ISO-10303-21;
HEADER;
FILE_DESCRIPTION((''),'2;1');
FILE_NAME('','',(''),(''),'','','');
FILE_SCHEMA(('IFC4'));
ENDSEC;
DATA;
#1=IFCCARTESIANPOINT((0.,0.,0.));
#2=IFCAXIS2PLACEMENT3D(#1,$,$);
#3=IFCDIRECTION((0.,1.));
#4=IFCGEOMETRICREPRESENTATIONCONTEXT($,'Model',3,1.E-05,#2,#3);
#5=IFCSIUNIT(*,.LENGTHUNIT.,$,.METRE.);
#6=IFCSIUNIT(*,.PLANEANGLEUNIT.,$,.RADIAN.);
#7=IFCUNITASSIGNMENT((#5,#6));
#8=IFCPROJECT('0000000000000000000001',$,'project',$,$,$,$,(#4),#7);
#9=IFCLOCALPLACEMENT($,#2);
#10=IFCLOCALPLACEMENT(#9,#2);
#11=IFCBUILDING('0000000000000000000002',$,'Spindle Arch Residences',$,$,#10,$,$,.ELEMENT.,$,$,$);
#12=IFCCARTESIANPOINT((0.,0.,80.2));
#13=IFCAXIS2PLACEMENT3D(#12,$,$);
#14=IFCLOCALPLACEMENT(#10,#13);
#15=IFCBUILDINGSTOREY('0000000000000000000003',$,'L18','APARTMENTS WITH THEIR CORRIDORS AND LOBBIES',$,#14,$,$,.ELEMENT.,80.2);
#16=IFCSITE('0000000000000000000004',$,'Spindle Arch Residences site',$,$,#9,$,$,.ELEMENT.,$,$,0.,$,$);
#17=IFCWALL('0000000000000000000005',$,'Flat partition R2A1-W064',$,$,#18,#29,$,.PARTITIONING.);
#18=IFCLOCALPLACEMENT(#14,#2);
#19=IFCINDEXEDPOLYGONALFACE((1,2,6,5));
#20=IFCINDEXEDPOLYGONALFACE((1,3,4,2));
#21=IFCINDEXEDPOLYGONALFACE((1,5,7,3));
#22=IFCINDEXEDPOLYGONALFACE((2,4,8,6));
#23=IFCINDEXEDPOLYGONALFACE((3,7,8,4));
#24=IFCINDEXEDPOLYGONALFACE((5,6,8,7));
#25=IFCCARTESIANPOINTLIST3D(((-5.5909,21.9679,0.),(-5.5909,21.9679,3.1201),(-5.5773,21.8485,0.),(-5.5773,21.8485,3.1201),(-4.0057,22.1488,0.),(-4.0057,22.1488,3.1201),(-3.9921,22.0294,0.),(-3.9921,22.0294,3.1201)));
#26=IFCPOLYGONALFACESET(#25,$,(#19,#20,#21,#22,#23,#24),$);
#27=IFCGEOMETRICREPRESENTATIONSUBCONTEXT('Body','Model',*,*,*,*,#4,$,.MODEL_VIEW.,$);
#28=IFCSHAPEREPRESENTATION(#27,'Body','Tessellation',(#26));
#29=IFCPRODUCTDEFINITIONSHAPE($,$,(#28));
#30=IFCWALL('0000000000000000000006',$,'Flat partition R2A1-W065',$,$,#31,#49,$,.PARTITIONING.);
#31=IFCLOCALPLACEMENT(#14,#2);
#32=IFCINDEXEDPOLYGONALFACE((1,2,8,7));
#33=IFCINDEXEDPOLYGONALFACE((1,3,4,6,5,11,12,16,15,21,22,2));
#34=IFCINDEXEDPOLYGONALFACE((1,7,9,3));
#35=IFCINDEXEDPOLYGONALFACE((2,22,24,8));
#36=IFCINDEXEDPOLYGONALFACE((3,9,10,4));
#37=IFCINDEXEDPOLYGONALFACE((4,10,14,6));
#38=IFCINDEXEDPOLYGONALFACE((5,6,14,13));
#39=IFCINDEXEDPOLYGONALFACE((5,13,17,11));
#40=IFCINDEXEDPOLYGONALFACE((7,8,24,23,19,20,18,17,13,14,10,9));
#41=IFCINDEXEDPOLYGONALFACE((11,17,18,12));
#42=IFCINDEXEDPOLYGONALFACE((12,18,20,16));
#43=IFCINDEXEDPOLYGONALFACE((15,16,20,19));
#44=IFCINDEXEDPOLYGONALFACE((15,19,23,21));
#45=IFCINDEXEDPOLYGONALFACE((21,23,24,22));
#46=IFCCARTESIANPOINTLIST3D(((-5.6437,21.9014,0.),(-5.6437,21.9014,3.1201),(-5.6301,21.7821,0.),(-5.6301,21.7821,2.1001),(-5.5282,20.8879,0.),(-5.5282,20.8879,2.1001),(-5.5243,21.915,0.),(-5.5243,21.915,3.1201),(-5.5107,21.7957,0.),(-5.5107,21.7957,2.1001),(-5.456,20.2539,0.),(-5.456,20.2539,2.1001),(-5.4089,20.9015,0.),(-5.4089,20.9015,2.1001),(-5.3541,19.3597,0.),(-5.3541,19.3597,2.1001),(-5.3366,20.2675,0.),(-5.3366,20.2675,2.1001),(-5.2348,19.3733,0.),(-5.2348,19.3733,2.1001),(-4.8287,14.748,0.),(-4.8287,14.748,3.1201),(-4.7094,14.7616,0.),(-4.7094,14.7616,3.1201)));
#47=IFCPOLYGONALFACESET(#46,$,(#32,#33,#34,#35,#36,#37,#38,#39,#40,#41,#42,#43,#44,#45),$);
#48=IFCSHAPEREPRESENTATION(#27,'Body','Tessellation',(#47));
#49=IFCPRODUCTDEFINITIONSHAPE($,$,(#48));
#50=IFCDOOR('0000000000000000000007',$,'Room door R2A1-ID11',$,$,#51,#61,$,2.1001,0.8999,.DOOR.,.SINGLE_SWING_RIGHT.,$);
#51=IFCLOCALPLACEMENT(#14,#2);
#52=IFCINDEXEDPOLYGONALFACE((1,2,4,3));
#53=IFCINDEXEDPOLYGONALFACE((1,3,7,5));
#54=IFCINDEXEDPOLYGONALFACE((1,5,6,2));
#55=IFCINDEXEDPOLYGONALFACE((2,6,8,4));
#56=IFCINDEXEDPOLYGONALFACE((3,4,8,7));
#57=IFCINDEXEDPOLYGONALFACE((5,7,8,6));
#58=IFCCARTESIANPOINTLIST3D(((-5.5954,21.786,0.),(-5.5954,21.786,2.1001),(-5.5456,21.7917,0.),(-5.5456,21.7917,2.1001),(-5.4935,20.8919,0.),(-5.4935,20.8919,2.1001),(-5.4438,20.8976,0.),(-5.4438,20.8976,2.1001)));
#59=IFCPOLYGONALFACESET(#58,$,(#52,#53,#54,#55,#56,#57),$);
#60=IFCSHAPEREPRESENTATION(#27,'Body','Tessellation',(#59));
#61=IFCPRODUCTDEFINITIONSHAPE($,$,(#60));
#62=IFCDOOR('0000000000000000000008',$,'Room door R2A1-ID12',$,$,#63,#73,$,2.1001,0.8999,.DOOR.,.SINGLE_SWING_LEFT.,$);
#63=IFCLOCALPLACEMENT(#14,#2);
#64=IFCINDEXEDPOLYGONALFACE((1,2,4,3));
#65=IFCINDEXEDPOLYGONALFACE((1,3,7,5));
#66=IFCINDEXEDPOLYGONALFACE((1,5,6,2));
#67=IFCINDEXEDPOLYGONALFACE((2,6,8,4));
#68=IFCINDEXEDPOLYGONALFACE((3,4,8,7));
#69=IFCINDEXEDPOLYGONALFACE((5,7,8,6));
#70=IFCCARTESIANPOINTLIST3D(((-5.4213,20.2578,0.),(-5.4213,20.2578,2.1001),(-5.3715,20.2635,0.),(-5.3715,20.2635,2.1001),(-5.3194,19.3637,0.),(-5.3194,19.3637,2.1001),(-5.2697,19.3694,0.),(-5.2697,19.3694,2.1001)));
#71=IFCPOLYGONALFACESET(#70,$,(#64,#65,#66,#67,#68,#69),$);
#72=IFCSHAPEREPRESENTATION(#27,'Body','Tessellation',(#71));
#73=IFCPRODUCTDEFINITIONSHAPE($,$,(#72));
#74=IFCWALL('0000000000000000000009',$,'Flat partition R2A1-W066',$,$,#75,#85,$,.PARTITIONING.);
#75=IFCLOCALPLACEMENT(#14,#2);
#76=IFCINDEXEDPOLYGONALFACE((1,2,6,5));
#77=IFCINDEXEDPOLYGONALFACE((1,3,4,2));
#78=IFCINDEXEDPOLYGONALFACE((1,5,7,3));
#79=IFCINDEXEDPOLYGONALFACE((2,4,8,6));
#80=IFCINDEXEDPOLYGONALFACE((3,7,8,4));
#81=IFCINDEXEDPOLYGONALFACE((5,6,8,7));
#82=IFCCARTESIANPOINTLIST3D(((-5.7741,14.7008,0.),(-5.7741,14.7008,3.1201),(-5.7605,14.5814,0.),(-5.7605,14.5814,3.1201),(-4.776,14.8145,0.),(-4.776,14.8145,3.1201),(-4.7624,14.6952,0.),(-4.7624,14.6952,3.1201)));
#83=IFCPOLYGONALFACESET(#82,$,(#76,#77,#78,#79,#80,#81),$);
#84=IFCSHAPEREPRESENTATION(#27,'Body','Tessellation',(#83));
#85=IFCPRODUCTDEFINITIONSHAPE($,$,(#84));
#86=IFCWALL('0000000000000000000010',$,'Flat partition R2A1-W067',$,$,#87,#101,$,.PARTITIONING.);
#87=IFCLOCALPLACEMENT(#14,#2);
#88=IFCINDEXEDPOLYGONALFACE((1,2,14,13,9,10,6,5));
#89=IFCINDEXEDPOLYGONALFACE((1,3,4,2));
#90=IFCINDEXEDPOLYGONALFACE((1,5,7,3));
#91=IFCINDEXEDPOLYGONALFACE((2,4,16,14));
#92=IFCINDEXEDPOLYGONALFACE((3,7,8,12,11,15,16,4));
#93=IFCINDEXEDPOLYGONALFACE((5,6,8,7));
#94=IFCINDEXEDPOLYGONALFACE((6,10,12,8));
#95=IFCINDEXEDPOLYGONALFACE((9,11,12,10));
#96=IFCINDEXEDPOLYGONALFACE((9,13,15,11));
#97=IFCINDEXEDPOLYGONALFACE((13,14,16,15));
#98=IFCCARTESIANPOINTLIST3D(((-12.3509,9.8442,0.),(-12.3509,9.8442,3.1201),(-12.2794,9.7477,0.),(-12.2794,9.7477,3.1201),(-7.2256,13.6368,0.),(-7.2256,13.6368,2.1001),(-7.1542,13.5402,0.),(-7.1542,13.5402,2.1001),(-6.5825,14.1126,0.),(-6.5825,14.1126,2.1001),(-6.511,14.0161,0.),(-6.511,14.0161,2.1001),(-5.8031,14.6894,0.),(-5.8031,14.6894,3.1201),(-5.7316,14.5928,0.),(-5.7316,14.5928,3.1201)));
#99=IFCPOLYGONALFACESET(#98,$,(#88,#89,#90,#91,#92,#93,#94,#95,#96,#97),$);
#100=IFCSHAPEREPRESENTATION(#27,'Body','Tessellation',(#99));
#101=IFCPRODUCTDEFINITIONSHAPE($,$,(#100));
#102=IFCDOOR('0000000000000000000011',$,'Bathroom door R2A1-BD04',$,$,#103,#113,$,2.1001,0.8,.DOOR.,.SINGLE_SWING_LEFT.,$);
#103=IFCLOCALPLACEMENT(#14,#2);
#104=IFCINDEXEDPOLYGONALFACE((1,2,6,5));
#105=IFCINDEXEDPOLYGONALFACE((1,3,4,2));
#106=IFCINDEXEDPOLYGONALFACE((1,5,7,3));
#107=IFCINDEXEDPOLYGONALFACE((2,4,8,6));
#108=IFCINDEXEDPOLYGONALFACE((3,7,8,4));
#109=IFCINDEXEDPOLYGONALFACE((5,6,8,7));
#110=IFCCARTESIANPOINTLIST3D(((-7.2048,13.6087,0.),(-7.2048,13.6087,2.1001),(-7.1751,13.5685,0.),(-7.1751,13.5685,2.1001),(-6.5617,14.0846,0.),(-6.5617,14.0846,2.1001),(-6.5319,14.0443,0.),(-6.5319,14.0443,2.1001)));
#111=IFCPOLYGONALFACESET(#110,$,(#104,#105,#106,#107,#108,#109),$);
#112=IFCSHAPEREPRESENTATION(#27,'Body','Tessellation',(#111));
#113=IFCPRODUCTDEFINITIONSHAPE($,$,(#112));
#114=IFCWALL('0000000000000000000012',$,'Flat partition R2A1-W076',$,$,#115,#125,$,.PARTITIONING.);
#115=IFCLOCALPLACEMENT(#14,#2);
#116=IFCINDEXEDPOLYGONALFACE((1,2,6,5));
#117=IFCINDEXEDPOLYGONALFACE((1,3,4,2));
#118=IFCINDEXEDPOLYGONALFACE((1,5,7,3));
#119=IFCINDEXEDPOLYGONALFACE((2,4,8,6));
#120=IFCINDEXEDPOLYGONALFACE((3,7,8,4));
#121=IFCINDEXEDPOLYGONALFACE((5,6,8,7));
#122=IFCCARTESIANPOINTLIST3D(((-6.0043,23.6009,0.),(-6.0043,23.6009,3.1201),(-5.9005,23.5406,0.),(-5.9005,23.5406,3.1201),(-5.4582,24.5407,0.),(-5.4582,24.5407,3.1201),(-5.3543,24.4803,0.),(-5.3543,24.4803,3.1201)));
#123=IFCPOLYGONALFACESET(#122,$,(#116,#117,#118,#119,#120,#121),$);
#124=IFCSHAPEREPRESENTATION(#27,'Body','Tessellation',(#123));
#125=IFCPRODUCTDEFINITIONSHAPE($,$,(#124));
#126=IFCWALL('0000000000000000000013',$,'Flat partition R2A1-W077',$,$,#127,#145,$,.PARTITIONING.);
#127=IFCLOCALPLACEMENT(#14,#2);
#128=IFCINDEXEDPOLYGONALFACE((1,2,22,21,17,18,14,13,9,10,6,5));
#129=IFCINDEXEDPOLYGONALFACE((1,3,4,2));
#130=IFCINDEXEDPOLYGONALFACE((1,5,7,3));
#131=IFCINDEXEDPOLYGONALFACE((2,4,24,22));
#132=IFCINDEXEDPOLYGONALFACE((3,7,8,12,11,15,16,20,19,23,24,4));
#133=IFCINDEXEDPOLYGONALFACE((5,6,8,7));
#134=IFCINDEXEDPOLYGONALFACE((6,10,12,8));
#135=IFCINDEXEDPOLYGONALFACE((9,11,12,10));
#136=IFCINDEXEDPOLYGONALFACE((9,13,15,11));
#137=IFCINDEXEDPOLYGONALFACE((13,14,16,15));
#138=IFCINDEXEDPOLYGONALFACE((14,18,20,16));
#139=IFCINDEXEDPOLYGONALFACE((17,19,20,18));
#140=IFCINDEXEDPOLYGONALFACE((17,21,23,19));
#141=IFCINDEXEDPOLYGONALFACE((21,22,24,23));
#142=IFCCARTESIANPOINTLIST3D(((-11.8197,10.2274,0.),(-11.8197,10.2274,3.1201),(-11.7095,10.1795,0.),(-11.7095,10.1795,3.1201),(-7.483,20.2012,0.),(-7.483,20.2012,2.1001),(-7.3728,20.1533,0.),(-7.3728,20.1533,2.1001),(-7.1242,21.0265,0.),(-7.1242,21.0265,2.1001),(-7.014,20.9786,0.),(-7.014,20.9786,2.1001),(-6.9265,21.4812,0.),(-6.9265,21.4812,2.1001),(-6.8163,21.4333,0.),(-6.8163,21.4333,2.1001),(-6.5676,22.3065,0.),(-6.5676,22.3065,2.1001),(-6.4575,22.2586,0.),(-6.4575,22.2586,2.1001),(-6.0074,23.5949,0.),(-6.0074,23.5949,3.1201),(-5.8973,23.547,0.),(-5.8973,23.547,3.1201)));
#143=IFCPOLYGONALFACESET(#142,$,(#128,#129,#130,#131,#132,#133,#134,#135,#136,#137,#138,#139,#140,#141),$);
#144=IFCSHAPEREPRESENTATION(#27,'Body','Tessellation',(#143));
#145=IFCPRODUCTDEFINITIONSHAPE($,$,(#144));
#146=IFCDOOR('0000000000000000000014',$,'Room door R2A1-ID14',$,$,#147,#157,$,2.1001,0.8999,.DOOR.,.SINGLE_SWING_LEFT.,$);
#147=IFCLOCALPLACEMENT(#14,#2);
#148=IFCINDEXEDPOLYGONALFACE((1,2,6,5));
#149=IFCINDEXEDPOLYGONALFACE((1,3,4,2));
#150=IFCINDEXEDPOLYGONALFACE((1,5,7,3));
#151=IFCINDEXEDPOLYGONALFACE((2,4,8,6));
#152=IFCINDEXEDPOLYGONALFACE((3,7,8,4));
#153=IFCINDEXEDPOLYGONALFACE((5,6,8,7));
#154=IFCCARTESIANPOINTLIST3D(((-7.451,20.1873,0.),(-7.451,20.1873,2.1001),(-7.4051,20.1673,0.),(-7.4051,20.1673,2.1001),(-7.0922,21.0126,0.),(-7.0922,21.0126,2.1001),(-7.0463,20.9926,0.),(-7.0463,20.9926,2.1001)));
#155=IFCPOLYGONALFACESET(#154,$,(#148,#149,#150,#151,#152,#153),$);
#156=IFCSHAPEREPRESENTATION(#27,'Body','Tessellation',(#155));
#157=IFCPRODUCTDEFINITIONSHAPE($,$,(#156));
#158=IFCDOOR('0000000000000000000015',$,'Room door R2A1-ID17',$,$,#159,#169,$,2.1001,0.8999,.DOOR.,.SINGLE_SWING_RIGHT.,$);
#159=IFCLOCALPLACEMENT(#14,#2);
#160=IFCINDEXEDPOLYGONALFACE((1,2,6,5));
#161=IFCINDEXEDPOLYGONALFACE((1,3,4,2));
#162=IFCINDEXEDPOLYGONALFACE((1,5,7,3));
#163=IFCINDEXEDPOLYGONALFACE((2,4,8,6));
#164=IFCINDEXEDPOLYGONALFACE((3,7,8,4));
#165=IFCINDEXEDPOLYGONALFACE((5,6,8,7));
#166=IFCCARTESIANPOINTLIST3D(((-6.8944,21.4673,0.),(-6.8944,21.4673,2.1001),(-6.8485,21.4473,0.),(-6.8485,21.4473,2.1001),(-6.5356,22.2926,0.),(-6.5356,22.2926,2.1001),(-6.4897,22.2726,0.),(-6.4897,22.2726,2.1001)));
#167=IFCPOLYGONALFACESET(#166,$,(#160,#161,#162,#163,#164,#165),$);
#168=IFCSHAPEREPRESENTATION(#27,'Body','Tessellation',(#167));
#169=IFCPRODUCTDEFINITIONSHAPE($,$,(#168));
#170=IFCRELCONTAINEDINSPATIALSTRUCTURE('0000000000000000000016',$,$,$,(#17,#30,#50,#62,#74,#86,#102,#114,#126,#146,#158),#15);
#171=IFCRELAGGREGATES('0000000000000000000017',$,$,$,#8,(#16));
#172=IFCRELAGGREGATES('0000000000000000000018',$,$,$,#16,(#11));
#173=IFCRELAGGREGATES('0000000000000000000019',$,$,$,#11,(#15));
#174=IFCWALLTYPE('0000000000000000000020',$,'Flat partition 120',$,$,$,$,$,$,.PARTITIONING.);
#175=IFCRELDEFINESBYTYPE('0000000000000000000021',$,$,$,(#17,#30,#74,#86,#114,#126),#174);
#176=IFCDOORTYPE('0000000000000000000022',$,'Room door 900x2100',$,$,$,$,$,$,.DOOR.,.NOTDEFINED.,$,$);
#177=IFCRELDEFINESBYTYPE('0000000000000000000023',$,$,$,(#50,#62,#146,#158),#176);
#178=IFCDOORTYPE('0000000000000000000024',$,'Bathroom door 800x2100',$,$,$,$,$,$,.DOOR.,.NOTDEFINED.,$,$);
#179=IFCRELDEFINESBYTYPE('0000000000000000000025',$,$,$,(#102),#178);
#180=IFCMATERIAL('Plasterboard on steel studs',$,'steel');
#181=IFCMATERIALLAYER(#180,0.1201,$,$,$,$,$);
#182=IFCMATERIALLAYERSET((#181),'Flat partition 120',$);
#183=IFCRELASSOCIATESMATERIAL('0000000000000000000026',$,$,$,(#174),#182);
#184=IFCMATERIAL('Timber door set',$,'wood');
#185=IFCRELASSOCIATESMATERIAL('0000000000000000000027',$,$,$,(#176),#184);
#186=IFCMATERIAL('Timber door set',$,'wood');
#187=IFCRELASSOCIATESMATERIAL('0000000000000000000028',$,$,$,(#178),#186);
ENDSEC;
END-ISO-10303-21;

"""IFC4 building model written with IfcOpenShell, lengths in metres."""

from ifc_helpers import new_model, si_unit, direction, frame, frame_2d, origin, place, context, subcontext, project, spatial, rectangle, extrude, material, layer, layer_set, type_object, element, fill, save


model = new_model("IFC4")

# Units and contexts
model_context = context("Model", 3, precision=1e-05, world=origin(), true_north=direction((0.0, 1.0)))
body_context = subcontext(model_context, "Body", "Model", "MODEL_VIEW")
ifc_project = project(units=[si_unit("LENGTHUNIT", "METRE"), si_unit("PLANEANGLEUNIT", "RADIAN")], contexts=[model_context])

# Site, building, storey
site_placement = place(None, origin())
site = spatial("IfcSite", under=ifc_project, at=site_placement, Name="Spindle Arch Residences site", CompositionType="ELEMENT", RefElevation=0.0)
building_placement = place(site_placement, origin())
building = spatial("IfcBuilding", under=site, at=building_placement, Name="Spindle Arch Residences", CompositionType="ELEMENT")
storey_placement = place(building_placement, frame((0.0, 0.0, 80.2)))
storey = spatial("IfcBuildingStorey", under=building, at=storey_placement, Name="L18", Description="APARTMENTS WITH THEIR CORRIDORS AND LOBBIES", CompositionType="ELEMENT", Elevation=80.2)

# Wall
ifc_material_1 = material(Name="Plasterboard on steel studs", Category="steel")
ifc_layer_1 = layer(ifc_material_1, 0.1201)
ifc_layer_set_1 = layer_set([ifc_layer_1], Name="Flat partition 120")
wall_type_1 = type_object("IfcWallType", Name="Flat partition 120", PredefinedType="PARTITIONING", material=ifc_layer_set_1)
wall_1_placement = place(storey_placement, frame((-3.9988, 22.0891, 0.0), z_axis=(0.0, 0.0, 1.0), x_axis=(-0.993551, -0.113387, 0.0)))
element("IfcWall", 1, at=wall_1_placement, inside=storey, type_object=wall_type_1, Name="Flat partition R2A1-W064", PredefinedType="PARTITIONING", context=body_context, shape_type="SweptSolid", body=[
    extrude(rectangle(XDim=1.5955, YDim=0.1201, at=frame_2d((0.7979, 0.0))), origin(), (0.0, 0.0, 1.0), 3.1201),
])

# Wall, openings, doors
wall_2_placement = place(storey_placement, frame((-5.584, 21.9082, 0.0), z_axis=(0.0, 0.0, 1.0), x_axis=(0.113193, -0.993573, 0.0)))
wall_2 = element("IfcWall", 2, at=wall_2_placement, inside=storey, type_object=wall_type_1, Name="Flat partition R2A1-W065", PredefinedType="PARTITIONING", context=body_context, shape_type="SweptSolid", body=[
    extrude(rectangle(XDim=7.1997, YDim=0.1201, at=frame_2d((3.5999, 0.0))), origin(), (0.0, 0.0, 1.0), 3.1201),
])
opening_1_placement = place(wall_2_placement, frame((0.1201, 0.0, 0.0)))
opening_1 = element("IfcOpeningElement", 3, at=opening_1_placement, cuts=wall_2, PredefinedType="OPENING", context=body_context, shape_type="SweptSolid", body=[
    extrude(rectangle(XDim=0.8999, YDim=2.1001, at=frame_2d((0.45, 1.05))), frame((0.0, 0.0701, 0.0), z_axis=(0.0, -1.0, 0.0), x_axis=(1.0, 0.0, 0.0)), (0.0, 0.0, 1.0), 0.1401),
])
opening_2_placement = place(wall_2_placement, frame((1.6582, 0.0, 0.0)))
opening_2 = element("IfcOpeningElement", 4, at=opening_2_placement, cuts=wall_2, PredefinedType="OPENING", context=body_context, shape_type="SweptSolid", body=[
    extrude(rectangle(XDim=0.8999, YDim=2.1001, at=frame_2d((0.45, 1.05))), frame((0.0, 0.0701, 0.0), z_axis=(0.0, -1.0, 0.0), x_axis=(1.0, 0.0, 0.0)), (0.0, 0.0, 1.0), 0.1401),
])
ifc_material_2 = material(Name="Timber door set", Category="wood")
door_type_1 = type_object("IfcDoorType", Name="Room door 900x2100", OperationType="NOTDEFINED", PredefinedType="DOOR", material=ifc_material_2)
door_1_placement = place(opening_1_placement, origin())
door_1 = element("IfcDoor", 5, at=door_1_placement, inside=storey, type_object=door_type_1, Name="Room door R2A1-ID11", OperationType="SINGLE_SWING_RIGHT", OverallHeight=2.1001, OverallWidth=0.8999, PredefinedType="DOOR", context=body_context, shape_type="SweptSolid", body=[
    extrude(rectangle(XDim=0.8999, YDim=2.1001, at=frame_2d((0.45, 1.05))), frame((0.0, 0.0249, 0.0), z_axis=(0.0, -1.0, 0.0), x_axis=(1.0, 0.0, 0.0)), (0.0, 0.0, 1.0), 0.05),
])
fill(opening_1, door_1)
door_2_placement = place(opening_2_placement, origin())
door_2 = element("IfcDoor", 6, at=door_2_placement, inside=storey, type_object=door_type_1, Name="Room door R2A1-ID12", OperationType="SINGLE_SWING_LEFT", OverallHeight=2.1001, OverallWidth=0.8999, PredefinedType="DOOR", context=body_context, shape_type="SweptSolid", body=[
    extrude(rectangle(XDim=0.8999, YDim=2.1001, at=frame_2d((0.45, 1.05))), frame((0.0, 0.0249, 0.0), z_axis=(0.0, -1.0, 0.0), x_axis=(1.0, 0.0, 0.0)), (0.0, 0.0, 1.0), 0.05),
])
fill(opening_2, door_2)

# Wall
wall_3_placement = place(storey_placement, frame((-4.769, 14.7549, 0.0), z_axis=(0.0, 0.0, 1.0), x_axis=(-0.993569, -0.113231, 0.0)))
element("IfcWall", 7, at=wall_3_placement, inside=storey, type_object=wall_type_1, Name="Flat partition R2A1-W066", PredefinedType="PARTITIONING", context=body_context, shape_type="SweptSolid", body=[
    extrude(rectangle(XDim=1.0046, YDim=0.1201, at=frame_2d((0.5024, 0.0))), origin(), (0.0, 0.0, 1.0), 3.1201),
])

# Wall, opening, door
wall_4_placement = place(storey_placement, frame((-5.7673, 14.6411, 0.0), z_axis=(0.0, 0.0, 1.0), x_axis=(-0.803853, -0.594828, 0.0)))
wall_4 = element("IfcWall", 8, at=wall_4_placement, inside=storey, type_object=wall_type_1, Name="Flat partition R2A1-W067", PredefinedType="PARTITIONING", context=body_context, shape_type="SweptSolid", body=[
    extrude(rectangle(XDim=8.1455, YDim=0.1201, at=frame_2d((4.0728, 0.0))), origin(), (0.0, 0.0, 1.0), 3.1201),
])
opening_3_placement = place(wall_4_placement, frame((0.9697, 0.0, 0.0)))
opening_3 = element("IfcOpeningElement", 9, at=opening_3_placement, cuts=wall_4, PredefinedType="OPENING", context=body_context, shape_type="SweptSolid", body=[
    extrude(rectangle(XDim=0.8, YDim=2.1001, at=frame_2d((0.3999, 1.05))), frame((0.0, 0.0701, 0.0), z_axis=(0.0, -1.0, 0.0), x_axis=(1.0, 0.0, 0.0)), (0.0, 0.0, 1.0), 0.1401),
])
ifc_material_3 = material(Name="Timber door set", Category="wood")
door_type_2 = type_object("IfcDoorType", Name="Bathroom door 800x2100", OperationType="NOTDEFINED", PredefinedType="DOOR", material=ifc_material_3)
door_3_placement = place(opening_3_placement, origin())
door_3 = element("IfcDoor", 10, at=door_3_placement, inside=storey, type_object=door_type_2, Name="Bathroom door R2A1-BD04", OperationType="SINGLE_SWING_LEFT", OverallHeight=2.1001, OverallWidth=0.8, PredefinedType="DOOR", context=body_context, shape_type="SweptSolid", body=[
    extrude(rectangle(XDim=0.8, YDim=2.1001, at=frame_2d((0.3999, 1.05))), frame((0.0, 0.0249, 0.0), z_axis=(0.0, -1.0, 0.0), x_axis=(1.0, 0.0, 0.0)), (0.0, 0.0, 1.0), 0.05),
])
fill(opening_3, door_3)

# Wall
wall_5_placement = place(storey_placement, frame((-5.4062, 24.5105, 0.0), z_axis=(0.0, 0.0, 1.0), x_axis=(-0.502488, -0.864584, 0.0)))
element("IfcWall", 11, at=wall_5_placement, inside=storey, type_object=wall_type_1, Name="Flat partition R2A1-W076", PredefinedType="PARTITIONING", context=body_context, shape_type="SweptSolid", body=[
    extrude(rectangle(XDim=1.0869, YDim=0.1201, at=frame_2d((0.5435, 0.0))), origin(), (0.0, 0.0, 1.0), 3.1201),
])

# Wall, openings, doors
wall_6_placement = place(storey_placement, frame((-5.9524, 23.5708, 0.0), z_axis=(0.0, 0.0, 1.0), x_axis=(-0.398745, -0.917062, 0.0)))
wall_6 = element("IfcWall", 12, at=wall_6_placement, inside=storey, type_object=wall_type_1, Name="Flat partition R2A1-W077", PredefinedType="PARTITIONING", context=body_context, shape_type="SweptSolid", body=[
    extrude(rectangle(XDim=14.5764, YDim=0.1201, at=frame_2d((7.2881, 0.0))), origin(), (0.0, 0.0, 1.0), 3.1201),
])
opening_4_placement = place(wall_6_placement, frame((2.8005, 0.0, 0.0)))
opening_4 = element("IfcOpeningElement", 13, at=opening_4_placement, cuts=wall_6, PredefinedType="OPENING", context=body_context, shape_type="SweptSolid", body=[
    extrude(rectangle(XDim=0.8999, YDim=2.1001, at=frame_2d((0.45, 1.05))), frame((0.0, 0.0701, 0.0), z_axis=(0.0, -1.0, 0.0), x_axis=(1.0, 0.0, 0.0)), (0.0, 0.0, 1.0), 0.1401),
])
opening_5_placement = place(wall_6_placement, frame((1.4048, 0.0, 0.0)))
opening_5 = element("IfcOpeningElement", 14, at=opening_5_placement, cuts=wall_6, PredefinedType="OPENING", context=body_context, shape_type="SweptSolid", body=[
    extrude(rectangle(XDim=0.8999, YDim=2.1001, at=frame_2d((0.45, 1.05))), frame((0.0, 0.0701, 0.0), z_axis=(0.0, -1.0, 0.0), x_axis=(1.0, 0.0, 0.0)), (0.0, 0.0, 1.0), 0.1401),
])
door_4_placement = place(opening_4_placement, origin())
door_4 = element("IfcDoor", 15, at=door_4_placement, inside=storey, type_object=door_type_1, Name="Room door R2A1-ID14", OperationType="SINGLE_SWING_LEFT", OverallHeight=2.1001, OverallWidth=0.8999, PredefinedType="DOOR", context=body_context, shape_type="SweptSolid", body=[
    extrude(rectangle(XDim=0.8999, YDim=2.1001, at=frame_2d((0.45, 1.05))), frame((0.0, 0.0249, 0.0), z_axis=(0.0, -1.0, 0.0), x_axis=(1.0, 0.0, 0.0)), (0.0, 0.0, 1.0), 0.05),
])
fill(opening_4, door_4)
door_5_placement = place(opening_5_placement, origin())
door_5 = element("IfcDoor", 16, at=door_5_placement, inside=storey, type_object=door_type_1, Name="Room door R2A1-ID17", OperationType="SINGLE_SWING_RIGHT", OverallHeight=2.1001, OverallWidth=0.8999, PredefinedType="DOOR", context=body_context, shape_type="SweptSolid", body=[
    extrude(rectangle(XDim=0.8999, YDim=2.1001, at=frame_2d((0.45, 1.05))), frame((0.0, 0.0249, 0.0), z_axis=(0.0, -1.0, 0.0), x_axis=(1.0, 0.0, 0.0)), (0.0, 0.0, 1.0), 0.05),
])
fill(opening_5, door_5)

save(model, "model.ifc")
